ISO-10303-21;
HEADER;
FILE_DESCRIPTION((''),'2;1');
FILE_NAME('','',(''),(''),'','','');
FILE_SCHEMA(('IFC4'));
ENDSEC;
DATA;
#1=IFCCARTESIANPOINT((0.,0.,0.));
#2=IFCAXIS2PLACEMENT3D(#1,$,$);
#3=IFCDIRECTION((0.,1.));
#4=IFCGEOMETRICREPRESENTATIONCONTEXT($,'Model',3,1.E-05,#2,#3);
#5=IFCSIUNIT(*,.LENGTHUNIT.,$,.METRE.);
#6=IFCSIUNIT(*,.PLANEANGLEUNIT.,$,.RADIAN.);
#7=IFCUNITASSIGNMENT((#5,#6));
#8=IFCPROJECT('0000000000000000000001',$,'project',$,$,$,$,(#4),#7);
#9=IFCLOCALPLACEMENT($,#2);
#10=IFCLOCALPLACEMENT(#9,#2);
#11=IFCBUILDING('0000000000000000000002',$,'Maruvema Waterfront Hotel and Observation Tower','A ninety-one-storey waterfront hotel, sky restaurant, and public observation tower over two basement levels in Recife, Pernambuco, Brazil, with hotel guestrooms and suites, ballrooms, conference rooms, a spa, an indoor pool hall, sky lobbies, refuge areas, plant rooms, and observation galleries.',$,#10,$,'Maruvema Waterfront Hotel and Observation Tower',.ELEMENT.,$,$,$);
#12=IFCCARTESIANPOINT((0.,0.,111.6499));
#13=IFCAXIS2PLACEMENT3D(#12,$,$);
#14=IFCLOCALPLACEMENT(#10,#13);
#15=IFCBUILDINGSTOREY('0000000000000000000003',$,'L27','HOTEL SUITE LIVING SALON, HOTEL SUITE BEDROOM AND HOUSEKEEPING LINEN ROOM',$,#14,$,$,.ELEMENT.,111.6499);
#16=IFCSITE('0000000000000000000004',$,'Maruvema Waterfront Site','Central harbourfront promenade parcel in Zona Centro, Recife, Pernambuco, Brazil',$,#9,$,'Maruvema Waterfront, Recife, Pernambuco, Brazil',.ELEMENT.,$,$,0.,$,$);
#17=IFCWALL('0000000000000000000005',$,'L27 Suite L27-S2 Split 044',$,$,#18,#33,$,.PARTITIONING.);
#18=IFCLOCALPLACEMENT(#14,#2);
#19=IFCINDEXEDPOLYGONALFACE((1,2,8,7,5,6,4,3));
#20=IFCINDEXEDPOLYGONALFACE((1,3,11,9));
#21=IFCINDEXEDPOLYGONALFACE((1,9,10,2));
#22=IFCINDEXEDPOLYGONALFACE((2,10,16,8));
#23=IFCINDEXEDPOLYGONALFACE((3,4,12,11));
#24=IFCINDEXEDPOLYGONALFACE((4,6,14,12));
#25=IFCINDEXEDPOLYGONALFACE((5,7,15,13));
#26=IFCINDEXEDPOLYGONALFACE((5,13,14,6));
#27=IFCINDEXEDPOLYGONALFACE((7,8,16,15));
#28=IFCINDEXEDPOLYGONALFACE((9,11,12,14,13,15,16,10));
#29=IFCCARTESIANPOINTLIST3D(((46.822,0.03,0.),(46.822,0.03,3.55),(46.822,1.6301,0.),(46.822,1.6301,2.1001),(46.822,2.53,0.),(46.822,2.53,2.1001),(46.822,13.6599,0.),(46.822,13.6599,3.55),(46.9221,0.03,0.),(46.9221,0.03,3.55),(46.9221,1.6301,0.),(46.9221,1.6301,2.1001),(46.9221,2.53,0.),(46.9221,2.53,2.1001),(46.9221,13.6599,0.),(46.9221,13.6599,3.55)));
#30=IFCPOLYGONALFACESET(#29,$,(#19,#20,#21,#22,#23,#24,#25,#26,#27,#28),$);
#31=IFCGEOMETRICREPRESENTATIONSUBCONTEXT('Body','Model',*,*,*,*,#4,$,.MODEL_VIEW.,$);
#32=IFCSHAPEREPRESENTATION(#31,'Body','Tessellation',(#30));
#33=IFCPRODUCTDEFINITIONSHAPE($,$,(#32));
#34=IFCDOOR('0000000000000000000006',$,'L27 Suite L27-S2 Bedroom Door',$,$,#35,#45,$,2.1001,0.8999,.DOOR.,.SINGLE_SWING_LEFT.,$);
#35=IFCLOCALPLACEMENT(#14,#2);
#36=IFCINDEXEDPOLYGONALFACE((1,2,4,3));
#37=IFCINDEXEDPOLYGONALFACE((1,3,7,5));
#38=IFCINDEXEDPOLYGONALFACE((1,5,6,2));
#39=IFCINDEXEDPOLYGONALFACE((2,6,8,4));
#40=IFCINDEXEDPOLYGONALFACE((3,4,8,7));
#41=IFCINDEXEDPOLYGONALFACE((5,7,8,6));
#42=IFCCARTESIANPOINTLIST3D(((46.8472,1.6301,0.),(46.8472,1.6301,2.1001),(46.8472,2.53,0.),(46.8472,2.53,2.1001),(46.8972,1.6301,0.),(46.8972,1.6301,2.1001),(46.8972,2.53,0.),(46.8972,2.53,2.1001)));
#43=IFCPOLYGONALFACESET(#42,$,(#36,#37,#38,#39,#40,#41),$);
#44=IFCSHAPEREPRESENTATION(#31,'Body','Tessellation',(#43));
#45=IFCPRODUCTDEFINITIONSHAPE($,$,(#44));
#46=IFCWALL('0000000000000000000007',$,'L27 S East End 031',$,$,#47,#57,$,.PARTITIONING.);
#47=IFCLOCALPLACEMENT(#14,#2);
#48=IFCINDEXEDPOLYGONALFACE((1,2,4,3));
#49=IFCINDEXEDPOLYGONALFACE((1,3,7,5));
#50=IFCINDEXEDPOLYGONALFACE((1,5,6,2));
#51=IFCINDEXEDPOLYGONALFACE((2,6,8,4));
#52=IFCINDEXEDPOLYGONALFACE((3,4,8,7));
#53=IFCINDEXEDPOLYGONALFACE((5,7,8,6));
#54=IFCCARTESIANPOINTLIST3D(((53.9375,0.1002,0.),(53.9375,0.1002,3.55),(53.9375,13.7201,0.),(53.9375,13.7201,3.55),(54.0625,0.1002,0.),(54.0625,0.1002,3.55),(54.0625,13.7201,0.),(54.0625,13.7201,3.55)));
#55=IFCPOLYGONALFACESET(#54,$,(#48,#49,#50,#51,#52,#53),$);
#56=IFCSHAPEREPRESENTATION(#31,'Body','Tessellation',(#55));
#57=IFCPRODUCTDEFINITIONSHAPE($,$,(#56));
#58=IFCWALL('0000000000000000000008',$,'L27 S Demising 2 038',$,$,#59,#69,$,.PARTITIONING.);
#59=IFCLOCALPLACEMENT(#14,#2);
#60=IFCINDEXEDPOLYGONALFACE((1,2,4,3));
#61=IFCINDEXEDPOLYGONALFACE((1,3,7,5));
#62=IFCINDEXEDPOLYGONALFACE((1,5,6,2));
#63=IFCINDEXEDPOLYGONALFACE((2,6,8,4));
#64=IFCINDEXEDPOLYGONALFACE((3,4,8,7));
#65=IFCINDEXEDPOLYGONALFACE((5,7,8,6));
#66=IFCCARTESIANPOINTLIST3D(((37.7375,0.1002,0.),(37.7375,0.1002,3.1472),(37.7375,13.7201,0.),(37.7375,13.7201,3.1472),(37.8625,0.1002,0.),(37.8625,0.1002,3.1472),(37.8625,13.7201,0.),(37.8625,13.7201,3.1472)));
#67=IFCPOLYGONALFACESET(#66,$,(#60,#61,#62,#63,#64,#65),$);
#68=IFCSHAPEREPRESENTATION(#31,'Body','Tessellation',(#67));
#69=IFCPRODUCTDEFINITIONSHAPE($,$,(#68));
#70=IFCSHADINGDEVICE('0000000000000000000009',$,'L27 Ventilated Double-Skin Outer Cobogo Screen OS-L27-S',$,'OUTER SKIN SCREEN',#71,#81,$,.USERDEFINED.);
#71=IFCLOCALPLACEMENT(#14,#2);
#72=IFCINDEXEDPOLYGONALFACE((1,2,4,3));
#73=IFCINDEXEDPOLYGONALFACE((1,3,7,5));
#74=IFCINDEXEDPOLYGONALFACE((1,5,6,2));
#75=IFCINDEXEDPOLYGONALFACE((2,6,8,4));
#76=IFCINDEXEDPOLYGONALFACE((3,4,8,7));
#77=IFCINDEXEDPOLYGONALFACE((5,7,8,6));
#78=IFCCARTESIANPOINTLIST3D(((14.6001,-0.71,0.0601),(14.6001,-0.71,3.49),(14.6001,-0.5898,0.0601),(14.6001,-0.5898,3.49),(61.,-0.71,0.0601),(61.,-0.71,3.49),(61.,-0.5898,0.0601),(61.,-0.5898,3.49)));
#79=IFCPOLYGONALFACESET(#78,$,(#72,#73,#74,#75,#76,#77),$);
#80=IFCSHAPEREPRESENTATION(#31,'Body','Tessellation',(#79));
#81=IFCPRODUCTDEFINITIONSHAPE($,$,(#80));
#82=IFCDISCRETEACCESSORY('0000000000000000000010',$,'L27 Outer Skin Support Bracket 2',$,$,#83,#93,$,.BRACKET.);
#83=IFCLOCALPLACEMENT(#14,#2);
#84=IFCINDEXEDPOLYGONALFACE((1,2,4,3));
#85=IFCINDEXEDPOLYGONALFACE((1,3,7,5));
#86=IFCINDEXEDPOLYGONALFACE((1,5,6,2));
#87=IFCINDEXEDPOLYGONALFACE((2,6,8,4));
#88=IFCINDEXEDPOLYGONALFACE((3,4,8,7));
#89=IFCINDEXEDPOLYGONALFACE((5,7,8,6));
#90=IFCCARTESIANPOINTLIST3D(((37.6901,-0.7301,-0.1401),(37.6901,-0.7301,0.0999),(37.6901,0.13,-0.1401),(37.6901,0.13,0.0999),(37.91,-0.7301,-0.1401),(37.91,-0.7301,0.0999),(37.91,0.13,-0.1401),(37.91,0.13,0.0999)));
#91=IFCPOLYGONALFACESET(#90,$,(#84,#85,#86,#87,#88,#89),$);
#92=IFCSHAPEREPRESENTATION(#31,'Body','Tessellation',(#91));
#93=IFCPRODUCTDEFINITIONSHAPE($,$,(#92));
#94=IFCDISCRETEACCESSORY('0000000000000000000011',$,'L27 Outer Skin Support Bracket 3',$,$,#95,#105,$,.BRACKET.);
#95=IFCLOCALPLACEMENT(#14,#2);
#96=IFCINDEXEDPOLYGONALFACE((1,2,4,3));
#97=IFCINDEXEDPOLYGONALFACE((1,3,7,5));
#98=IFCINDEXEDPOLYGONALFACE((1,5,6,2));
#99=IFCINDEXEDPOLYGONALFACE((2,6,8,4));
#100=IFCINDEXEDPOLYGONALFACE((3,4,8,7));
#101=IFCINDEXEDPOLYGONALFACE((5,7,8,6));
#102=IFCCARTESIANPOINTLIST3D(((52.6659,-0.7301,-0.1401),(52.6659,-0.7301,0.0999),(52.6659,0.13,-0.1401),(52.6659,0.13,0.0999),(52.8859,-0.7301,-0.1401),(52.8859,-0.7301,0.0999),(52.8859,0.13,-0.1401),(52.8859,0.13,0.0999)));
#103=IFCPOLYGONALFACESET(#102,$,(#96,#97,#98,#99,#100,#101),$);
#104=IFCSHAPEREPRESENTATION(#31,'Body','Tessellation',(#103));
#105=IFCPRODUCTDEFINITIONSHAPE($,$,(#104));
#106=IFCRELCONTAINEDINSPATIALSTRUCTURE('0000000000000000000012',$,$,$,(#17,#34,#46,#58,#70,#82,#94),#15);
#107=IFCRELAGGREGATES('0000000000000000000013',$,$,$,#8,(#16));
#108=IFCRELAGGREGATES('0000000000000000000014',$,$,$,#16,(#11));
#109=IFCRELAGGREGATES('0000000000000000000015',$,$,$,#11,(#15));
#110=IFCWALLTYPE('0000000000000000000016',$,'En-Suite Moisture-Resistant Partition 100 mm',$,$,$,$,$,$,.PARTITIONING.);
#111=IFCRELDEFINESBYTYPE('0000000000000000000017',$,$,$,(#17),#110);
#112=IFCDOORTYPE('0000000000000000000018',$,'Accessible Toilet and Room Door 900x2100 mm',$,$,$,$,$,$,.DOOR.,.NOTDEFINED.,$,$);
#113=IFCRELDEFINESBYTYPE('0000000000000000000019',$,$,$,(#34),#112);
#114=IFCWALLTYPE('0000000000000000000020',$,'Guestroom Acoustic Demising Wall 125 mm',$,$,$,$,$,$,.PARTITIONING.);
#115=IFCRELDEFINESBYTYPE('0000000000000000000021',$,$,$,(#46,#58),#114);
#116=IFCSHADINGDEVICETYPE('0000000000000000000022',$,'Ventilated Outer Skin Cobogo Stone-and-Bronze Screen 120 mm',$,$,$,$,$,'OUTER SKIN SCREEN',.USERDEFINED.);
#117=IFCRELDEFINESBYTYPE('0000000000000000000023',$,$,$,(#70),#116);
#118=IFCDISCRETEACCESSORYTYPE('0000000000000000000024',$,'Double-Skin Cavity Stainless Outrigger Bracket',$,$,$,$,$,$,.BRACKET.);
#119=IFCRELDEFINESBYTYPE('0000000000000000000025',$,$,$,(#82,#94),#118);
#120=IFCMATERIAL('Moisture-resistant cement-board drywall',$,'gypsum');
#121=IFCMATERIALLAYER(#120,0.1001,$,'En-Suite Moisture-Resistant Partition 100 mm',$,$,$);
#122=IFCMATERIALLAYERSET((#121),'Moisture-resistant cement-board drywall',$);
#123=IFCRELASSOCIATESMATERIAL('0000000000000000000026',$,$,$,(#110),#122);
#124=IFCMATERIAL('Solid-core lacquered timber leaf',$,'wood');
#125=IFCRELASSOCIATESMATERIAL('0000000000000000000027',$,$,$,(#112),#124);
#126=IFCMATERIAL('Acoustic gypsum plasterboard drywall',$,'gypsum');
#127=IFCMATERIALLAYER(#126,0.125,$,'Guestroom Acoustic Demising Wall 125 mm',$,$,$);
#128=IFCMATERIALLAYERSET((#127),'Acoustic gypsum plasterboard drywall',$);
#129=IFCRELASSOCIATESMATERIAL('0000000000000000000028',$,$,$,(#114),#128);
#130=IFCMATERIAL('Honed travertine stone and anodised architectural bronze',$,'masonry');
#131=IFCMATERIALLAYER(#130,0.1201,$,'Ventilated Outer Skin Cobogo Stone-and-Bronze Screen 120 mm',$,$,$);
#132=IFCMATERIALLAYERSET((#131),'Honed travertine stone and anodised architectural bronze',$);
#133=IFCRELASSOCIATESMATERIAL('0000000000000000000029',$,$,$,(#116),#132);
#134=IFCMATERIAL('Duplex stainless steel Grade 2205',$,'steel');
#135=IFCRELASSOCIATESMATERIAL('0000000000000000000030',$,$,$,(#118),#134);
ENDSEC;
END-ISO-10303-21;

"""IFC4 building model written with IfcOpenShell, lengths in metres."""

from ifc_helpers import new_model, si_unit, direction, frame, frame_2d, origin, origin_2d, place, context, subcontext, project, spatial, rectangle, extrude, material, layer, layer_set, type_object, element, fill, save


model = new_model("IFC4")

# Units and contexts
model_context = context("Model", 3, precision=1e-05, world=origin(), true_north=direction((0.0, 1.0)))
body_context = subcontext(model_context, "Body", "Model", "MODEL_VIEW")
ifc_project = project(units=[si_unit("LENGTHUNIT", "METRE"), si_unit("PLANEANGLEUNIT", "RADIAN")], contexts=[model_context])

# Site, building, storey
site_placement = place(None, origin())
site = spatial("IfcSite", under=ifc_project, at=site_placement, Name="Maruvema Waterfront Site", Description="Central harbourfront promenade parcel in Zona Centro, Recife, Pernambuco, Brazil", LongName="Maruvema Waterfront, Recife, Pernambuco, Brazil", CompositionType="ELEMENT", RefElevation=0.0)
building_placement = place(site_placement, origin())
building = spatial("IfcBuilding", under=site, at=building_placement, Name="Maruvema Waterfront Hotel and Observation Tower", Description="A ninety-one-storey waterfront hotel, sky restaurant, and public observation tower over two basement levels in Recife, Pernambuco, Brazil, with hotel guestrooms and suites, ballrooms, conference rooms, a spa, an indoor pool hall, sky lobbies, refuge areas, plant rooms, and observation galleries.", LongName="Maruvema Waterfront Hotel and Observation Tower", CompositionType="ELEMENT")
storey_placement = place(building_placement, frame((0.0, 0.0, 111.6499)))
storey = spatial("IfcBuildingStorey", under=building, at=storey_placement, Name="L27", Description="HOTEL SUITE LIVING SALON, HOTEL SUITE BEDROOM AND HOUSEKEEPING LINEN ROOM", CompositionType="ELEMENT", Elevation=111.6499)

# Wall, opening, door
ifc_material_1 = material(Name="Moisture-resistant cement-board drywall", Category="gypsum")
ifc_layer_1 = layer(ifc_material_1, 0.1001, Name="En-Suite Moisture-Resistant Partition 100 mm")
ifc_layer_set_1 = layer_set([ifc_layer_1], Name="Moisture-resistant cement-board drywall")
wall_type_1 = type_object("IfcWallType", Name="En-Suite Moisture-Resistant Partition 100 mm", PredefinedType="PARTITIONING", material=ifc_layer_set_1)
wall_1_placement = place(storey_placement, frame((46.8721, 0.03, 0.0), z_axis=(0.0, 0.0, 1.0), x_axis=(0.0, 1.0, 0.0)))
wall_1 = element("IfcWall", 1, at=wall_1_placement, inside=storey, type_object=wall_type_1, Name="L27 Suite L27-S2 Split 044", PredefinedType="PARTITIONING", context=body_context, shape_type="SweptSolid", body=[
    extrude(rectangle(XDim=13.6299, YDim=0.1001, at=frame_2d((6.8149, 0.0))), origin(), (0.0, 0.0, 1.0), 3.55),
])
opening_placement = place(wall_1_placement, frame((1.6001, 0.0, 0.0)))
opening = element("IfcOpeningElement", 2, at=opening_placement, cuts=wall_1, PredefinedType="OPENING", context=body_context, shape_type="SweptSolid", body=[
    extrude(rectangle(XDim=0.8999, YDim=2.1001, at=frame_2d((0.45, 1.05))), frame((0.0, 0.0601, 0.0), z_axis=(0.0, -1.0, 0.0), x_axis=(1.0, 0.0, 0.0)), (0.0, 0.0, 1.0), 0.1201),
])
ifc_material_2 = material(Name="Solid-core lacquered timber leaf", Category="wood")
door_type = type_object("IfcDoorType", Name="Accessible Toilet and Room Door 900x2100 mm", OperationType="NOTDEFINED", PredefinedType="DOOR", material=ifc_material_2)
door_placement = place(opening_placement, origin())
door = element("IfcDoor", 3, at=door_placement, inside=storey, type_object=door_type, Name="L27 Suite L27-S2 Bedroom Door", OperationType="SINGLE_SWING_LEFT", OverallHeight=2.1001, OverallWidth=0.8999, PredefinedType="DOOR", context=body_context, shape_type="SweptSolid", body=[
    extrude(rectangle(XDim=0.8999, YDim=2.1001, at=frame_2d((0.45, 1.05))), frame((0.0, 0.0249, 0.0), z_axis=(0.0, -1.0, 0.0), x_axis=(1.0, 0.0, 0.0)), (0.0, 0.0, 1.0), 0.05),
])
fill(opening, door)

# Walls
ifc_material_3 = material(Name="Acoustic gypsum plasterboard drywall", Category="gypsum")
ifc_layer_2 = layer(ifc_material_3, 0.125, Name="Guestroom Acoustic Demising Wall 125 mm")
ifc_layer_set_2 = layer_set([ifc_layer_2], Name="Acoustic gypsum plasterboard drywall")
wall_type_2 = type_object("IfcWallType", Name="Guestroom Acoustic Demising Wall 125 mm", PredefinedType="PARTITIONING", material=ifc_layer_set_2)
wall_2_placement = place(storey_placement, frame((54.0, 0.1001, 0.0), z_axis=(0.0, 0.0, 1.0), x_axis=(0.0, 1.0, 0.0)))
element("IfcWall", 4, at=wall_2_placement, inside=storey, type_object=wall_type_2, Name="L27 S East End 031", PredefinedType="PARTITIONING", context=body_context, shape_type="SweptSolid", body=[
    extrude(rectangle(XDim=13.6199, YDim=0.125, at=frame_2d((6.8101, 0.0))), origin(), (0.0, 0.0, 1.0), 3.55),
])
wall_3_placement = place(storey_placement, frame((37.8, 0.1001, 0.0), z_axis=(0.0, 0.0, 1.0), x_axis=(0.0, 1.0, 0.0)))
element("IfcWall", 5, at=wall_3_placement, inside=storey, type_object=wall_type_2, Name="L27 S Demising 2 038", PredefinedType="PARTITIONING", context=body_context, shape_type="SweptSolid", body=[
    extrude(rectangle(XDim=13.6199, YDim=0.125, at=frame_2d((6.8101, 0.0))), origin(), (0.0, 0.0, 1.0), 3.1472),
])

# Shading device
ifc_material_4 = material(Name="Honed travertine stone and anodised architectural bronze", Category="masonry")
ifc_layer_3 = layer(ifc_material_4, 0.1201, Name="Ventilated Outer Skin Cobogo Stone-and-Bronze Screen 120 mm")
ifc_layer_set_3 = layer_set([ifc_layer_3], Name="Honed travertine stone and anodised architectural bronze")
shading_device_type = type_object("IfcShadingDeviceType", Name="Ventilated Outer Skin Cobogo Stone-and-Bronze Screen 120 mm", ElementType="OUTER SKIN SCREEN", PredefinedType="USERDEFINED", material=ifc_layer_set_3)
shading_device_placement = place(storey_placement, frame((37.8, -0.6499, 0.0601), z_axis=(0.0, 0.0, 1.0), x_axis=(1.0, 0.0, 0.0)))
element("IfcShadingDevice", 6, at=shading_device_placement, inside=storey, type_object=shading_device_type, Name="L27 Ventilated Double-Skin Outer Cobogo Screen OS-L27-S", ObjectType="OUTER SKIN SCREEN", PredefinedType="USERDEFINED", context=body_context, shape_type="SweptSolid", body=[
    extrude(rectangle(XDim=46.3999, YDim=0.1201, at=origin_2d()), origin(), (0.0, 0.0, 1.0), 3.4299),
])

# Discrete accessories
ifc_material_5 = material(Name="Duplex stainless steel Grade 2205", Category="steel")
discrete_accessory_type = type_object("IfcDiscreteAccessoryType", Name="Double-Skin Cavity Stainless Outrigger Bracket", PredefinedType="BRACKET", material=ifc_material_5)
for number, where, z_axis, x_axis, name in (
    (7, (37.8, -0.3, -0.1401), (0.0, 0.0, 1.0), (1.0, 0.0, 0.0), "L27 Outer Skin Support Bracket 2"),
    (8, (52.7759, -0.3, -0.1401), (0.0, 0.0, 1.0), (1.0, 0.0, 0.0), "L27 Outer Skin Support Bracket 3"),
):
    element("IfcDiscreteAccessory", number, at=place(storey_placement, frame(where, z_axis=z_axis, x_axis=x_axis)), inside=storey, type_object=discrete_accessory_type, Name=name, PredefinedType="BRACKET", context=body_context, shape_type="SweptSolid", body=[
        extrude(rectangle(XDim=0.22, YDim=0.8601, at=origin_2d()), origin(), (0.0, 0.0, 1.0), 0.24),
    ])

save(model, "model.ifc")
